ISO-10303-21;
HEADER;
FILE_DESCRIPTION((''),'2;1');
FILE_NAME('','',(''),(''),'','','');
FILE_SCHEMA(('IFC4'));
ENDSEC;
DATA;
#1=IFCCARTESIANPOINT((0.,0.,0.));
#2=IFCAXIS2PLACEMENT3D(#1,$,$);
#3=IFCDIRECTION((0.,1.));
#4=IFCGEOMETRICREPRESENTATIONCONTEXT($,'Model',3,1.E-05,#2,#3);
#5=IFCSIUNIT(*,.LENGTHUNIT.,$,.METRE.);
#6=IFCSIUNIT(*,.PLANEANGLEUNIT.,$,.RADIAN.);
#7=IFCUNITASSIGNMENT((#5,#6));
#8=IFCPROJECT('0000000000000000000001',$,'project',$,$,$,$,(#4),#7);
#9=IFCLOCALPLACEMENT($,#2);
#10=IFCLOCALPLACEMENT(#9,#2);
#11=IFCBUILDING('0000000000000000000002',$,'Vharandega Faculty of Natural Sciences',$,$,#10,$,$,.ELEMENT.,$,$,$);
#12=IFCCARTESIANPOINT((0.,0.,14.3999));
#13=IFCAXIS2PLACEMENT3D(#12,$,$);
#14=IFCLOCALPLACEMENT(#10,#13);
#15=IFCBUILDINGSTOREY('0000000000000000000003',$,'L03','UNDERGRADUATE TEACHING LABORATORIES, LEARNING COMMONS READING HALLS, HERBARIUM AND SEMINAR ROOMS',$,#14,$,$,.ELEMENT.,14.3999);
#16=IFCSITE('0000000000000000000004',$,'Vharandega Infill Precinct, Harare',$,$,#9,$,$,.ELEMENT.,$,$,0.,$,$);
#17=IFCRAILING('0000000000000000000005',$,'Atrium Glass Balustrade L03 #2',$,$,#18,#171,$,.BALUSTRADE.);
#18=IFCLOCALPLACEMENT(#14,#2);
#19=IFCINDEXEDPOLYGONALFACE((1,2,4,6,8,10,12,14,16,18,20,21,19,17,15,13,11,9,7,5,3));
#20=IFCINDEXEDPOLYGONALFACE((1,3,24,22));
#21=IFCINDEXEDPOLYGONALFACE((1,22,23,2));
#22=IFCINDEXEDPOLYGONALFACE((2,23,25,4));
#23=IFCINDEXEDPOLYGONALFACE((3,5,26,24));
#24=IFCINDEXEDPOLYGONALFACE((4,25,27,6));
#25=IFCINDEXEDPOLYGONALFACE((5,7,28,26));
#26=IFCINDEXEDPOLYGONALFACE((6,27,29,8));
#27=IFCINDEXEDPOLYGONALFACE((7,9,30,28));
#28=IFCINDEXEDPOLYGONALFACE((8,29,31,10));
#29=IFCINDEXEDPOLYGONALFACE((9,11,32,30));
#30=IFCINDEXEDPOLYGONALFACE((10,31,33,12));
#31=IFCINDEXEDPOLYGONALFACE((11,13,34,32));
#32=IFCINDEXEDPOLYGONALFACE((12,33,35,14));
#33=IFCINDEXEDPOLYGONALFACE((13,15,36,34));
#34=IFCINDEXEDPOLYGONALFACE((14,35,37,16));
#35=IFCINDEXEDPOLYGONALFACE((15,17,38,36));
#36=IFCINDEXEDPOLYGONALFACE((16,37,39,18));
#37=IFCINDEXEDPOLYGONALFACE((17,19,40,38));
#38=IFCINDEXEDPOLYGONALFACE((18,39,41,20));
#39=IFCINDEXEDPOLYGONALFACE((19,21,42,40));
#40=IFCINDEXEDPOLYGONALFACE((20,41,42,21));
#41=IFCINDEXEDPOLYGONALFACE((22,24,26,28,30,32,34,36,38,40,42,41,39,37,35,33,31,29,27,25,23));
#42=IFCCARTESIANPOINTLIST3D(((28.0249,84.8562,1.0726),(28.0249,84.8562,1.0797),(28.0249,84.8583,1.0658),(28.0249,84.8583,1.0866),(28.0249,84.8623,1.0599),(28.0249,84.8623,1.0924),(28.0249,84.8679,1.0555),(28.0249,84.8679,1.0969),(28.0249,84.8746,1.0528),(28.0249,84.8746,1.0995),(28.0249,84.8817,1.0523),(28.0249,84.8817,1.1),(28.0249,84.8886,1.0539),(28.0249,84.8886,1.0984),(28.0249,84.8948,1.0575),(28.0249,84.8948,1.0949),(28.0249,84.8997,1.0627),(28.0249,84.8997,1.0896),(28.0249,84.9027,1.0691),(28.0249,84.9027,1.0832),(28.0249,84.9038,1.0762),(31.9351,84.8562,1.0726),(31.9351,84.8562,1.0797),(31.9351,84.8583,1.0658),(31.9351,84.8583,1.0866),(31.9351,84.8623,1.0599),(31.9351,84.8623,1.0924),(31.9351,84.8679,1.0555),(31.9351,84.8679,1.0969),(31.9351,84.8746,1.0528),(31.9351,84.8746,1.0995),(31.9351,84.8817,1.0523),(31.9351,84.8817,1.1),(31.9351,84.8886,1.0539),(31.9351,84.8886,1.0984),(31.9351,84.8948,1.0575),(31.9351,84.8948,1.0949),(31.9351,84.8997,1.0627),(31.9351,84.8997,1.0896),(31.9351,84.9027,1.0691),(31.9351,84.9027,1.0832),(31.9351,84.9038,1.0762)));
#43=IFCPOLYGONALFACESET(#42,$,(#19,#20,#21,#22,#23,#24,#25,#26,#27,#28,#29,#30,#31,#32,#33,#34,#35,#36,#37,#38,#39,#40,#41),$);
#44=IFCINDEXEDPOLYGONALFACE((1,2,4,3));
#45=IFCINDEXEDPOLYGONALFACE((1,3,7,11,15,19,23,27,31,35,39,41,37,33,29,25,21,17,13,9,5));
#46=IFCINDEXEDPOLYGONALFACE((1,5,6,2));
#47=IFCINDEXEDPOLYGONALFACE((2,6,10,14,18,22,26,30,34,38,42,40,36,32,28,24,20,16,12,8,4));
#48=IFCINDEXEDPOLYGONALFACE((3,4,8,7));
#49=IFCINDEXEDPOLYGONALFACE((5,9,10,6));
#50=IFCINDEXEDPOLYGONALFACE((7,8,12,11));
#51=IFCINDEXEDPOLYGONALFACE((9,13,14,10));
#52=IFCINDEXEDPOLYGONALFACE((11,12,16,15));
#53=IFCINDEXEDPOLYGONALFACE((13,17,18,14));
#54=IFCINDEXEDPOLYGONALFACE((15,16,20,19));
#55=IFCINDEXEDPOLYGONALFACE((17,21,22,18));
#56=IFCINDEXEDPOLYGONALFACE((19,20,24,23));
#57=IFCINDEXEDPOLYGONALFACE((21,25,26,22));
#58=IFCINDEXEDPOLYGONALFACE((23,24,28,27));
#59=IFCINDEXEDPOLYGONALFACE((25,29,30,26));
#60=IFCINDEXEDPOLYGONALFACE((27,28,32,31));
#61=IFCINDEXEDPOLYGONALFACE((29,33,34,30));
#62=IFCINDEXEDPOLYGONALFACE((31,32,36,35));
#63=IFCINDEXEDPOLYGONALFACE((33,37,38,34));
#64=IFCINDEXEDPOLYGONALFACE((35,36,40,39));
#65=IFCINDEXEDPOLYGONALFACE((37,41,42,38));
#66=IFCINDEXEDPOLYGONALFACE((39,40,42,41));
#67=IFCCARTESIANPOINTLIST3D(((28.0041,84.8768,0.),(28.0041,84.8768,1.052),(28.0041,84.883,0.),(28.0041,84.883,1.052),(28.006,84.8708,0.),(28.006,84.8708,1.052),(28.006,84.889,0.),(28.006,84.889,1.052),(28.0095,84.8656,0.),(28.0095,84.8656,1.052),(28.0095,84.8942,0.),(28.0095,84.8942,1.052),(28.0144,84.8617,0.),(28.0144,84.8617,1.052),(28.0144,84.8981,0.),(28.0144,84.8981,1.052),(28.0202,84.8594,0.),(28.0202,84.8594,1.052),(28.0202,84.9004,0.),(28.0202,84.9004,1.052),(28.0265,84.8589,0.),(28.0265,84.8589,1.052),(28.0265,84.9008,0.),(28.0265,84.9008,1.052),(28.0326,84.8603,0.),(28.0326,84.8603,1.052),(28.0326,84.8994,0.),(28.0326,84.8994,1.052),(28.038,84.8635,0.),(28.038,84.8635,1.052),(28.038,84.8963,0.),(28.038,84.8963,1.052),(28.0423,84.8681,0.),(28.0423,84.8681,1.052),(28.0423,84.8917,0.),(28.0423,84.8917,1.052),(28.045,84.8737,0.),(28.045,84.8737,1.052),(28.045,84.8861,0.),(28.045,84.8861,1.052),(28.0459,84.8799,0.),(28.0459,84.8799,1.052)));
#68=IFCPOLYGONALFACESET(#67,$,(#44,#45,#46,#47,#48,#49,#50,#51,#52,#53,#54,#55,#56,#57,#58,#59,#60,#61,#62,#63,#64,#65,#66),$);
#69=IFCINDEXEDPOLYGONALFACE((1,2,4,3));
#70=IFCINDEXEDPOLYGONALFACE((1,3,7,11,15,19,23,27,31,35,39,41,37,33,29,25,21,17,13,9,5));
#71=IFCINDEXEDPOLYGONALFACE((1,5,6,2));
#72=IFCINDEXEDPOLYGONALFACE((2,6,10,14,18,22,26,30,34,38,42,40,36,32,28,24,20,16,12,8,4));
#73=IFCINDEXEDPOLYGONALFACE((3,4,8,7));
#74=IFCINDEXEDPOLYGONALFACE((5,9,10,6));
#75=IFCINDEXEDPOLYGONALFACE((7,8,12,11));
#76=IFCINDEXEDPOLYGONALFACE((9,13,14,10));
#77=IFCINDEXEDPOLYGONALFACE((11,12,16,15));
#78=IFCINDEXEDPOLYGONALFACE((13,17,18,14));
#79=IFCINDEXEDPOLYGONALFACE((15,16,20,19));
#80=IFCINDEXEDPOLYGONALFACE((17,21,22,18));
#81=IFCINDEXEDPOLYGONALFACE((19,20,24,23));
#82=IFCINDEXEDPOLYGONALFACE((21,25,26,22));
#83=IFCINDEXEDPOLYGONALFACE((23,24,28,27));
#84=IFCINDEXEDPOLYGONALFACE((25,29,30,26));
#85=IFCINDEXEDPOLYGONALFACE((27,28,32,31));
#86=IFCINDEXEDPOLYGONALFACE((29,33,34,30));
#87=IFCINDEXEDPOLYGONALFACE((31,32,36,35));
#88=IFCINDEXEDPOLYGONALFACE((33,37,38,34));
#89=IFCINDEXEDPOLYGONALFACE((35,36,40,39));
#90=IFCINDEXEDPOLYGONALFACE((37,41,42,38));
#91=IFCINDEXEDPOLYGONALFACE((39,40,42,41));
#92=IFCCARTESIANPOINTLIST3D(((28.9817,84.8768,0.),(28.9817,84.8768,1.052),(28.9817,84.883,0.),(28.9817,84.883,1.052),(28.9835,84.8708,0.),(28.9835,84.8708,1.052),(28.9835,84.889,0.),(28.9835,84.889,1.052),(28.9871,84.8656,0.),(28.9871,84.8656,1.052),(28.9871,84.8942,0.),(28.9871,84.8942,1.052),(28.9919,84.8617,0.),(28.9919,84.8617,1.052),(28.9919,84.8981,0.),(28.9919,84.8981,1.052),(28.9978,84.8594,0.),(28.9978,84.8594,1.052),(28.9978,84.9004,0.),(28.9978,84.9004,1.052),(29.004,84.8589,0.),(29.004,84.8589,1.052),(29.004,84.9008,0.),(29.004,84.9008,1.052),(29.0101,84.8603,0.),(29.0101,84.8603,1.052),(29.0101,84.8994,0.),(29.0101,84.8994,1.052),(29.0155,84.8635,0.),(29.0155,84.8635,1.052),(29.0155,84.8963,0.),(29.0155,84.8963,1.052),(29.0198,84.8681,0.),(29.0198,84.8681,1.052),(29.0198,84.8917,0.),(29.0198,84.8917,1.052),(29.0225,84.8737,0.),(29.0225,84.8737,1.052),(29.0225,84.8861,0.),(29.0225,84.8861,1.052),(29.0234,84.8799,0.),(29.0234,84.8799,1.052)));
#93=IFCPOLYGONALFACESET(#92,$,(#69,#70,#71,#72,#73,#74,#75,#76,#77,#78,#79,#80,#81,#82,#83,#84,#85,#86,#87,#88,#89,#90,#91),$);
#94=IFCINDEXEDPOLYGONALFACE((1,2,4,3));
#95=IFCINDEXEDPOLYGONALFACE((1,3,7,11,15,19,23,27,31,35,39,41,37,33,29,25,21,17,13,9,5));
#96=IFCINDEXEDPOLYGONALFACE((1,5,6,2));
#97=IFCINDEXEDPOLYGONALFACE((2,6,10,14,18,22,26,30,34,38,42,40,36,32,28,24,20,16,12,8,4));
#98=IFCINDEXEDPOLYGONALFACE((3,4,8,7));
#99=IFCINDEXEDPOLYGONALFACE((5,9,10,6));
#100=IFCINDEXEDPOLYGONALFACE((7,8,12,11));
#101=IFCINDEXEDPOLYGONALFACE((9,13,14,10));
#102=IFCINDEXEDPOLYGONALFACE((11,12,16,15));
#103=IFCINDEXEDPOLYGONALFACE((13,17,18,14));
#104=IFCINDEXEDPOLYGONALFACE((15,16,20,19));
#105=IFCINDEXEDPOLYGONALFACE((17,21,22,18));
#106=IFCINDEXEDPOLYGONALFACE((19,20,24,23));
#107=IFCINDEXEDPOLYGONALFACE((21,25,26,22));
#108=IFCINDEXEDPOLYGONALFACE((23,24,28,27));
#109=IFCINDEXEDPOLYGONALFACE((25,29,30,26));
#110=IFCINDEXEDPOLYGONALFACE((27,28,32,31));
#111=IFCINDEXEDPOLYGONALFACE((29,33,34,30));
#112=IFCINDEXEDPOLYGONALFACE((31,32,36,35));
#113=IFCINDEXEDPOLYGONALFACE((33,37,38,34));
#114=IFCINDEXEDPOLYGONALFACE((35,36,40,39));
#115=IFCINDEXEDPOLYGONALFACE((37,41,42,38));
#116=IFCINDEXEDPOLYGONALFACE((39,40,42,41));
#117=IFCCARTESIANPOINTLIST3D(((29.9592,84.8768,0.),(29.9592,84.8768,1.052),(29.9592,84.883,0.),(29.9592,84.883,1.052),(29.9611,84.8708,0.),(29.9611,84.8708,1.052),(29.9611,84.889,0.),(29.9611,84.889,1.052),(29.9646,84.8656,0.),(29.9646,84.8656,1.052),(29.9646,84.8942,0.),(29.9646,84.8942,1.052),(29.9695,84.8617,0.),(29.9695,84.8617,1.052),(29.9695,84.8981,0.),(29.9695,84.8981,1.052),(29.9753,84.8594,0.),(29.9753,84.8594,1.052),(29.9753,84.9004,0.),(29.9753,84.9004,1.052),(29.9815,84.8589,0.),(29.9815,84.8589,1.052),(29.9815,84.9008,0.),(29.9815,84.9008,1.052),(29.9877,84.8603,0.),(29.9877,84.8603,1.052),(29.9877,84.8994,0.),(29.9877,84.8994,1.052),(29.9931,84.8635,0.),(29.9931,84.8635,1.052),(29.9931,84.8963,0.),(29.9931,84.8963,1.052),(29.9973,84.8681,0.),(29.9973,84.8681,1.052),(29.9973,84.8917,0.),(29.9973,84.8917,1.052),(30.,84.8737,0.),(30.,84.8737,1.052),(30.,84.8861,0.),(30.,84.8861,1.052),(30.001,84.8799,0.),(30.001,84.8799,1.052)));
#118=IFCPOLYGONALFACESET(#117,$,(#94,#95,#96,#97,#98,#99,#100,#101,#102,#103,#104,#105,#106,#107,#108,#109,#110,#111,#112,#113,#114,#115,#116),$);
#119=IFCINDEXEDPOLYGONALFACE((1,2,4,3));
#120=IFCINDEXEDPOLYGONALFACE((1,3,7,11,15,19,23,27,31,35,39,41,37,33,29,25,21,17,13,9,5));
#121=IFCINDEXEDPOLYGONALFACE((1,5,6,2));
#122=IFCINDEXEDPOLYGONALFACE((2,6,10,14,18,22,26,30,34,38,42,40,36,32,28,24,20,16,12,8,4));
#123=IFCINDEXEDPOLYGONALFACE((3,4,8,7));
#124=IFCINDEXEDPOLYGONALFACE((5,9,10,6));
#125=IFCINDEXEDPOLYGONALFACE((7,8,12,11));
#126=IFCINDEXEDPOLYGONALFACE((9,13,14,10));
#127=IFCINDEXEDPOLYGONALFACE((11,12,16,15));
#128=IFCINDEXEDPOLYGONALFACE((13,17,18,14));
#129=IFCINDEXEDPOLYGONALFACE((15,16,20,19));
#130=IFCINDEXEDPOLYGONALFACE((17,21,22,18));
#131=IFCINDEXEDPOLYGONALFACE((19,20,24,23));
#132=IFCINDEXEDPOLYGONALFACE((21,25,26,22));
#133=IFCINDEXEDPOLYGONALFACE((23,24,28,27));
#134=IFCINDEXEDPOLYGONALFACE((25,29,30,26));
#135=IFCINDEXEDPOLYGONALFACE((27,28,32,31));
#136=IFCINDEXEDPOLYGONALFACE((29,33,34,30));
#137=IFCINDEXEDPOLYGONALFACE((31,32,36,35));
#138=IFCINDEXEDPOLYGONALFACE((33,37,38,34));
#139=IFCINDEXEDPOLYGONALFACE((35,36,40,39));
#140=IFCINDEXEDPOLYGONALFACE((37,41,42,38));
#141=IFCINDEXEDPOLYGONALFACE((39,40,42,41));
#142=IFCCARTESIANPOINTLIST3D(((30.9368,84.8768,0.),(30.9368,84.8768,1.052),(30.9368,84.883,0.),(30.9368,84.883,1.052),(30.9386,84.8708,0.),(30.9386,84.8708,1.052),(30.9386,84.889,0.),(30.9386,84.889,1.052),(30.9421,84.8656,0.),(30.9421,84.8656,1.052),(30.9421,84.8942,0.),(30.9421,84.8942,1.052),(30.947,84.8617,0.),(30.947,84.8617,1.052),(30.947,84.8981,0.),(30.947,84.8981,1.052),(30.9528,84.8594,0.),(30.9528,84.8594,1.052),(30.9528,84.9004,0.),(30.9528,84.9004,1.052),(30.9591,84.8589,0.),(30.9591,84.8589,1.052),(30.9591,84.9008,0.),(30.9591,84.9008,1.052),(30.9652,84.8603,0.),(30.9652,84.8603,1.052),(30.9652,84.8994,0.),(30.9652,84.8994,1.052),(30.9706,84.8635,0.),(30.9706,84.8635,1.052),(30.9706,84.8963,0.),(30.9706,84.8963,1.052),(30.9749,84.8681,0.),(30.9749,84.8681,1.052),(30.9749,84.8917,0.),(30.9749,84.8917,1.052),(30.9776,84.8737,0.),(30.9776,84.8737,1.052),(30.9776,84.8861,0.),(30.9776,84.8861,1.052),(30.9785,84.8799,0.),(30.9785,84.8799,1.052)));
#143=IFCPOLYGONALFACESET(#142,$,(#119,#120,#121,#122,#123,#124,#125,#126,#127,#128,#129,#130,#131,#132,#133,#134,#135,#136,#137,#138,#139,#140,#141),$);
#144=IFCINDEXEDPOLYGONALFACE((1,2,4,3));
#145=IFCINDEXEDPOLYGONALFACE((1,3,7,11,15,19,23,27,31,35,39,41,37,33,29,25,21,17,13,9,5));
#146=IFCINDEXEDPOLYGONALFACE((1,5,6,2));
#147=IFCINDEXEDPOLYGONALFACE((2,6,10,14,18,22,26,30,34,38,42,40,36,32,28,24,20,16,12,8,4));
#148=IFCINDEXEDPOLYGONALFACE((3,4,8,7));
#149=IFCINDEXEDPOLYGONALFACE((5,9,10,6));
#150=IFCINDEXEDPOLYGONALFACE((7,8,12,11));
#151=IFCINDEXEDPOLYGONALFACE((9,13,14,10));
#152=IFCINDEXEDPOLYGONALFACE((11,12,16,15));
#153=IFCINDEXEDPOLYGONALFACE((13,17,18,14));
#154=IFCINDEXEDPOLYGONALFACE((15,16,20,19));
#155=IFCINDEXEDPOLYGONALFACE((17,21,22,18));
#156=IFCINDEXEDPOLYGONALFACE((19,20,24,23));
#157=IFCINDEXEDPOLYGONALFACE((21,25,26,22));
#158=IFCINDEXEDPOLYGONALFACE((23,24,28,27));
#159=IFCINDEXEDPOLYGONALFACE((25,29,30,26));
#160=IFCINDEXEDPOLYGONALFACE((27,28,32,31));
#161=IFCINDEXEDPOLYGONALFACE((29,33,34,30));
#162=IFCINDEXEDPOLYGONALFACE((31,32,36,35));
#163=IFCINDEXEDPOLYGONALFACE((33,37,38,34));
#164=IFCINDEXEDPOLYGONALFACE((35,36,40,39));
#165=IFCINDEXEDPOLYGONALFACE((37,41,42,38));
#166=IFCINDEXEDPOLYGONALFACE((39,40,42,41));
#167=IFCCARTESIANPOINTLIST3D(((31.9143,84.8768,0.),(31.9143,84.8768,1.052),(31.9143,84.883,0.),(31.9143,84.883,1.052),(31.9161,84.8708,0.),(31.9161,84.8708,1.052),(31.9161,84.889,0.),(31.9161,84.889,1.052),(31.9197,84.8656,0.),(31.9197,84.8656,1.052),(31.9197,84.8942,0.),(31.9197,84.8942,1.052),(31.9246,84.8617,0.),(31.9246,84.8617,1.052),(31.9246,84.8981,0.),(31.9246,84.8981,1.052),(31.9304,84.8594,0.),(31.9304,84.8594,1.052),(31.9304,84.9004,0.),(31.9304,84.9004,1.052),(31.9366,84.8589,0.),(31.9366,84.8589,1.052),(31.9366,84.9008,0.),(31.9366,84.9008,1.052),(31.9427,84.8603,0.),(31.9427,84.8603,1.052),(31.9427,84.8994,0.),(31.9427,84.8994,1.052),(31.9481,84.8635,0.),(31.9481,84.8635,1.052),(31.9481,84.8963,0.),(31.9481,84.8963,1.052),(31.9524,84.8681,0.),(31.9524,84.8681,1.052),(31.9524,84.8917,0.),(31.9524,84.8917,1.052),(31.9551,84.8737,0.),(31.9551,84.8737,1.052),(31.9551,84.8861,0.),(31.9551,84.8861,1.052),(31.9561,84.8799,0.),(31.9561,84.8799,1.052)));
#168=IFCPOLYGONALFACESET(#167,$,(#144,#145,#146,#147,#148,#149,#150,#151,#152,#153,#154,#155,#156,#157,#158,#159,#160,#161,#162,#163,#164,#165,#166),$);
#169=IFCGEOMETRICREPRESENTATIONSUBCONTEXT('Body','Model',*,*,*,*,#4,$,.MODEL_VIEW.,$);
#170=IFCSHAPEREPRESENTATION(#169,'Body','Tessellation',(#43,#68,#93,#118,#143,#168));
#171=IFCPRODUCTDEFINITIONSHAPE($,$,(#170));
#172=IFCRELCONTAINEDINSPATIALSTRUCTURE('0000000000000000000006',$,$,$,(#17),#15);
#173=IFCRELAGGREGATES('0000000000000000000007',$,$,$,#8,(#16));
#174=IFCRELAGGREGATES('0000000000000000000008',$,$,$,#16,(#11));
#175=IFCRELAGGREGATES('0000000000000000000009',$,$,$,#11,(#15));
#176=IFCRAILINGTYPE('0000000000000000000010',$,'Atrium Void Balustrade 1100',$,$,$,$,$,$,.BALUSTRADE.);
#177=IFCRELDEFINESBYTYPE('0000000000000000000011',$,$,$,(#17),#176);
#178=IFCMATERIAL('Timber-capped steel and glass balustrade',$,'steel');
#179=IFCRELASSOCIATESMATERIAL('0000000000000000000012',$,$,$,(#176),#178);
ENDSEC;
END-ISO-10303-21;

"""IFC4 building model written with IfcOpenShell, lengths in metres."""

from ifc_helpers import new_model, si_unit, direction, frame, origin, origin_2d, place, context, subcontext, project, spatial, circle, extrude, material, type_object, element, save


model = new_model("IFC4")

# Units and contexts
model_context = context("Model", 3, precision=1e-05, world=origin(), true_north=direction((0.0, 1.0)))
body_context = subcontext(model_context, "Body", "Model", "MODEL_VIEW")
ifc_project = project(units=[si_unit("LENGTHUNIT", "METRE"), si_unit("PLANEANGLEUNIT", "RADIAN")], contexts=[model_context])

# Site, building, storey
site_placement = place(None, origin())
site = spatial("IfcSite", under=ifc_project, at=site_placement, Name="Vharandega Infill Precinct, Harare", CompositionType="ELEMENT", RefElevation=0.0)
building_placement = place(site_placement, origin())
building = spatial("IfcBuilding", under=site, at=building_placement, Name="Vharandega Faculty of Natural Sciences", CompositionType="ELEMENT")
storey_placement = place(building_placement, frame((0.0, 0.0, 14.3999)))
storey = spatial("IfcBuildingStorey", under=building, at=storey_placement, Name="L03", Description="UNDERGRADUATE TEACHING LABORATORIES, LEARNING COMMONS READING HALLS, HERBARIUM AND SEMINAR ROOMS", CompositionType="ELEMENT", Elevation=14.3999)

# Railing
ifc_material_1 = material(Name="Timber-capped steel and glass balustrade", Category="steel")
railing_type = type_object("IfcRailingType", Name="Atrium Void Balustrade 1100", PredefinedType="BALUSTRADE", material=ifc_material_1)
for number, where, name in (
    (1, (28.0249, 84.8799, 0.0), "Atrium Glass Balustrade L03 #2"),
):
    element("IfcRailing", number, at=place(storey_placement, frame(where)), inside=storey, type_object=railing_type, Name=name, PredefinedType="BALUSTRADE", context=body_context, shape_type="SweptSolid", body=[
        extrude(circle(Radius=0.0239, at=origin_2d()), frame((0.0, 0.0, 1.0762), z_axis=(1.0, 0.0, 0.0), x_axis=(0.0, 1.0, 0.0)), (0.0, 0.0, 1.0), 3.9102),
        extrude(circle(Radius=0.021, at=origin_2d()), origin(), (0.0, 0.0, 1.0), 1.052),
        extrude(circle(Radius=0.021, at=origin_2d()), frame((0.9775, 0.0, 0.0)), (0.0, 0.0, 1.0), 1.052),
        extrude(circle(Radius=0.021, at=origin_2d()), frame((1.9551, 0.0, 0.0)), (0.0, 0.0, 1.0), 1.052),
        extrude(circle(Radius=0.021, at=origin_2d()), frame((2.9326, 0.0, 0.0)), (0.0, 0.0, 1.0), 1.052),
        extrude(circle(Radius=0.021, at=origin_2d()), frame((3.9102, 0.0, 0.0)), (0.0, 0.0, 1.0), 1.052),
    ])

save(model, "model.ifc")
